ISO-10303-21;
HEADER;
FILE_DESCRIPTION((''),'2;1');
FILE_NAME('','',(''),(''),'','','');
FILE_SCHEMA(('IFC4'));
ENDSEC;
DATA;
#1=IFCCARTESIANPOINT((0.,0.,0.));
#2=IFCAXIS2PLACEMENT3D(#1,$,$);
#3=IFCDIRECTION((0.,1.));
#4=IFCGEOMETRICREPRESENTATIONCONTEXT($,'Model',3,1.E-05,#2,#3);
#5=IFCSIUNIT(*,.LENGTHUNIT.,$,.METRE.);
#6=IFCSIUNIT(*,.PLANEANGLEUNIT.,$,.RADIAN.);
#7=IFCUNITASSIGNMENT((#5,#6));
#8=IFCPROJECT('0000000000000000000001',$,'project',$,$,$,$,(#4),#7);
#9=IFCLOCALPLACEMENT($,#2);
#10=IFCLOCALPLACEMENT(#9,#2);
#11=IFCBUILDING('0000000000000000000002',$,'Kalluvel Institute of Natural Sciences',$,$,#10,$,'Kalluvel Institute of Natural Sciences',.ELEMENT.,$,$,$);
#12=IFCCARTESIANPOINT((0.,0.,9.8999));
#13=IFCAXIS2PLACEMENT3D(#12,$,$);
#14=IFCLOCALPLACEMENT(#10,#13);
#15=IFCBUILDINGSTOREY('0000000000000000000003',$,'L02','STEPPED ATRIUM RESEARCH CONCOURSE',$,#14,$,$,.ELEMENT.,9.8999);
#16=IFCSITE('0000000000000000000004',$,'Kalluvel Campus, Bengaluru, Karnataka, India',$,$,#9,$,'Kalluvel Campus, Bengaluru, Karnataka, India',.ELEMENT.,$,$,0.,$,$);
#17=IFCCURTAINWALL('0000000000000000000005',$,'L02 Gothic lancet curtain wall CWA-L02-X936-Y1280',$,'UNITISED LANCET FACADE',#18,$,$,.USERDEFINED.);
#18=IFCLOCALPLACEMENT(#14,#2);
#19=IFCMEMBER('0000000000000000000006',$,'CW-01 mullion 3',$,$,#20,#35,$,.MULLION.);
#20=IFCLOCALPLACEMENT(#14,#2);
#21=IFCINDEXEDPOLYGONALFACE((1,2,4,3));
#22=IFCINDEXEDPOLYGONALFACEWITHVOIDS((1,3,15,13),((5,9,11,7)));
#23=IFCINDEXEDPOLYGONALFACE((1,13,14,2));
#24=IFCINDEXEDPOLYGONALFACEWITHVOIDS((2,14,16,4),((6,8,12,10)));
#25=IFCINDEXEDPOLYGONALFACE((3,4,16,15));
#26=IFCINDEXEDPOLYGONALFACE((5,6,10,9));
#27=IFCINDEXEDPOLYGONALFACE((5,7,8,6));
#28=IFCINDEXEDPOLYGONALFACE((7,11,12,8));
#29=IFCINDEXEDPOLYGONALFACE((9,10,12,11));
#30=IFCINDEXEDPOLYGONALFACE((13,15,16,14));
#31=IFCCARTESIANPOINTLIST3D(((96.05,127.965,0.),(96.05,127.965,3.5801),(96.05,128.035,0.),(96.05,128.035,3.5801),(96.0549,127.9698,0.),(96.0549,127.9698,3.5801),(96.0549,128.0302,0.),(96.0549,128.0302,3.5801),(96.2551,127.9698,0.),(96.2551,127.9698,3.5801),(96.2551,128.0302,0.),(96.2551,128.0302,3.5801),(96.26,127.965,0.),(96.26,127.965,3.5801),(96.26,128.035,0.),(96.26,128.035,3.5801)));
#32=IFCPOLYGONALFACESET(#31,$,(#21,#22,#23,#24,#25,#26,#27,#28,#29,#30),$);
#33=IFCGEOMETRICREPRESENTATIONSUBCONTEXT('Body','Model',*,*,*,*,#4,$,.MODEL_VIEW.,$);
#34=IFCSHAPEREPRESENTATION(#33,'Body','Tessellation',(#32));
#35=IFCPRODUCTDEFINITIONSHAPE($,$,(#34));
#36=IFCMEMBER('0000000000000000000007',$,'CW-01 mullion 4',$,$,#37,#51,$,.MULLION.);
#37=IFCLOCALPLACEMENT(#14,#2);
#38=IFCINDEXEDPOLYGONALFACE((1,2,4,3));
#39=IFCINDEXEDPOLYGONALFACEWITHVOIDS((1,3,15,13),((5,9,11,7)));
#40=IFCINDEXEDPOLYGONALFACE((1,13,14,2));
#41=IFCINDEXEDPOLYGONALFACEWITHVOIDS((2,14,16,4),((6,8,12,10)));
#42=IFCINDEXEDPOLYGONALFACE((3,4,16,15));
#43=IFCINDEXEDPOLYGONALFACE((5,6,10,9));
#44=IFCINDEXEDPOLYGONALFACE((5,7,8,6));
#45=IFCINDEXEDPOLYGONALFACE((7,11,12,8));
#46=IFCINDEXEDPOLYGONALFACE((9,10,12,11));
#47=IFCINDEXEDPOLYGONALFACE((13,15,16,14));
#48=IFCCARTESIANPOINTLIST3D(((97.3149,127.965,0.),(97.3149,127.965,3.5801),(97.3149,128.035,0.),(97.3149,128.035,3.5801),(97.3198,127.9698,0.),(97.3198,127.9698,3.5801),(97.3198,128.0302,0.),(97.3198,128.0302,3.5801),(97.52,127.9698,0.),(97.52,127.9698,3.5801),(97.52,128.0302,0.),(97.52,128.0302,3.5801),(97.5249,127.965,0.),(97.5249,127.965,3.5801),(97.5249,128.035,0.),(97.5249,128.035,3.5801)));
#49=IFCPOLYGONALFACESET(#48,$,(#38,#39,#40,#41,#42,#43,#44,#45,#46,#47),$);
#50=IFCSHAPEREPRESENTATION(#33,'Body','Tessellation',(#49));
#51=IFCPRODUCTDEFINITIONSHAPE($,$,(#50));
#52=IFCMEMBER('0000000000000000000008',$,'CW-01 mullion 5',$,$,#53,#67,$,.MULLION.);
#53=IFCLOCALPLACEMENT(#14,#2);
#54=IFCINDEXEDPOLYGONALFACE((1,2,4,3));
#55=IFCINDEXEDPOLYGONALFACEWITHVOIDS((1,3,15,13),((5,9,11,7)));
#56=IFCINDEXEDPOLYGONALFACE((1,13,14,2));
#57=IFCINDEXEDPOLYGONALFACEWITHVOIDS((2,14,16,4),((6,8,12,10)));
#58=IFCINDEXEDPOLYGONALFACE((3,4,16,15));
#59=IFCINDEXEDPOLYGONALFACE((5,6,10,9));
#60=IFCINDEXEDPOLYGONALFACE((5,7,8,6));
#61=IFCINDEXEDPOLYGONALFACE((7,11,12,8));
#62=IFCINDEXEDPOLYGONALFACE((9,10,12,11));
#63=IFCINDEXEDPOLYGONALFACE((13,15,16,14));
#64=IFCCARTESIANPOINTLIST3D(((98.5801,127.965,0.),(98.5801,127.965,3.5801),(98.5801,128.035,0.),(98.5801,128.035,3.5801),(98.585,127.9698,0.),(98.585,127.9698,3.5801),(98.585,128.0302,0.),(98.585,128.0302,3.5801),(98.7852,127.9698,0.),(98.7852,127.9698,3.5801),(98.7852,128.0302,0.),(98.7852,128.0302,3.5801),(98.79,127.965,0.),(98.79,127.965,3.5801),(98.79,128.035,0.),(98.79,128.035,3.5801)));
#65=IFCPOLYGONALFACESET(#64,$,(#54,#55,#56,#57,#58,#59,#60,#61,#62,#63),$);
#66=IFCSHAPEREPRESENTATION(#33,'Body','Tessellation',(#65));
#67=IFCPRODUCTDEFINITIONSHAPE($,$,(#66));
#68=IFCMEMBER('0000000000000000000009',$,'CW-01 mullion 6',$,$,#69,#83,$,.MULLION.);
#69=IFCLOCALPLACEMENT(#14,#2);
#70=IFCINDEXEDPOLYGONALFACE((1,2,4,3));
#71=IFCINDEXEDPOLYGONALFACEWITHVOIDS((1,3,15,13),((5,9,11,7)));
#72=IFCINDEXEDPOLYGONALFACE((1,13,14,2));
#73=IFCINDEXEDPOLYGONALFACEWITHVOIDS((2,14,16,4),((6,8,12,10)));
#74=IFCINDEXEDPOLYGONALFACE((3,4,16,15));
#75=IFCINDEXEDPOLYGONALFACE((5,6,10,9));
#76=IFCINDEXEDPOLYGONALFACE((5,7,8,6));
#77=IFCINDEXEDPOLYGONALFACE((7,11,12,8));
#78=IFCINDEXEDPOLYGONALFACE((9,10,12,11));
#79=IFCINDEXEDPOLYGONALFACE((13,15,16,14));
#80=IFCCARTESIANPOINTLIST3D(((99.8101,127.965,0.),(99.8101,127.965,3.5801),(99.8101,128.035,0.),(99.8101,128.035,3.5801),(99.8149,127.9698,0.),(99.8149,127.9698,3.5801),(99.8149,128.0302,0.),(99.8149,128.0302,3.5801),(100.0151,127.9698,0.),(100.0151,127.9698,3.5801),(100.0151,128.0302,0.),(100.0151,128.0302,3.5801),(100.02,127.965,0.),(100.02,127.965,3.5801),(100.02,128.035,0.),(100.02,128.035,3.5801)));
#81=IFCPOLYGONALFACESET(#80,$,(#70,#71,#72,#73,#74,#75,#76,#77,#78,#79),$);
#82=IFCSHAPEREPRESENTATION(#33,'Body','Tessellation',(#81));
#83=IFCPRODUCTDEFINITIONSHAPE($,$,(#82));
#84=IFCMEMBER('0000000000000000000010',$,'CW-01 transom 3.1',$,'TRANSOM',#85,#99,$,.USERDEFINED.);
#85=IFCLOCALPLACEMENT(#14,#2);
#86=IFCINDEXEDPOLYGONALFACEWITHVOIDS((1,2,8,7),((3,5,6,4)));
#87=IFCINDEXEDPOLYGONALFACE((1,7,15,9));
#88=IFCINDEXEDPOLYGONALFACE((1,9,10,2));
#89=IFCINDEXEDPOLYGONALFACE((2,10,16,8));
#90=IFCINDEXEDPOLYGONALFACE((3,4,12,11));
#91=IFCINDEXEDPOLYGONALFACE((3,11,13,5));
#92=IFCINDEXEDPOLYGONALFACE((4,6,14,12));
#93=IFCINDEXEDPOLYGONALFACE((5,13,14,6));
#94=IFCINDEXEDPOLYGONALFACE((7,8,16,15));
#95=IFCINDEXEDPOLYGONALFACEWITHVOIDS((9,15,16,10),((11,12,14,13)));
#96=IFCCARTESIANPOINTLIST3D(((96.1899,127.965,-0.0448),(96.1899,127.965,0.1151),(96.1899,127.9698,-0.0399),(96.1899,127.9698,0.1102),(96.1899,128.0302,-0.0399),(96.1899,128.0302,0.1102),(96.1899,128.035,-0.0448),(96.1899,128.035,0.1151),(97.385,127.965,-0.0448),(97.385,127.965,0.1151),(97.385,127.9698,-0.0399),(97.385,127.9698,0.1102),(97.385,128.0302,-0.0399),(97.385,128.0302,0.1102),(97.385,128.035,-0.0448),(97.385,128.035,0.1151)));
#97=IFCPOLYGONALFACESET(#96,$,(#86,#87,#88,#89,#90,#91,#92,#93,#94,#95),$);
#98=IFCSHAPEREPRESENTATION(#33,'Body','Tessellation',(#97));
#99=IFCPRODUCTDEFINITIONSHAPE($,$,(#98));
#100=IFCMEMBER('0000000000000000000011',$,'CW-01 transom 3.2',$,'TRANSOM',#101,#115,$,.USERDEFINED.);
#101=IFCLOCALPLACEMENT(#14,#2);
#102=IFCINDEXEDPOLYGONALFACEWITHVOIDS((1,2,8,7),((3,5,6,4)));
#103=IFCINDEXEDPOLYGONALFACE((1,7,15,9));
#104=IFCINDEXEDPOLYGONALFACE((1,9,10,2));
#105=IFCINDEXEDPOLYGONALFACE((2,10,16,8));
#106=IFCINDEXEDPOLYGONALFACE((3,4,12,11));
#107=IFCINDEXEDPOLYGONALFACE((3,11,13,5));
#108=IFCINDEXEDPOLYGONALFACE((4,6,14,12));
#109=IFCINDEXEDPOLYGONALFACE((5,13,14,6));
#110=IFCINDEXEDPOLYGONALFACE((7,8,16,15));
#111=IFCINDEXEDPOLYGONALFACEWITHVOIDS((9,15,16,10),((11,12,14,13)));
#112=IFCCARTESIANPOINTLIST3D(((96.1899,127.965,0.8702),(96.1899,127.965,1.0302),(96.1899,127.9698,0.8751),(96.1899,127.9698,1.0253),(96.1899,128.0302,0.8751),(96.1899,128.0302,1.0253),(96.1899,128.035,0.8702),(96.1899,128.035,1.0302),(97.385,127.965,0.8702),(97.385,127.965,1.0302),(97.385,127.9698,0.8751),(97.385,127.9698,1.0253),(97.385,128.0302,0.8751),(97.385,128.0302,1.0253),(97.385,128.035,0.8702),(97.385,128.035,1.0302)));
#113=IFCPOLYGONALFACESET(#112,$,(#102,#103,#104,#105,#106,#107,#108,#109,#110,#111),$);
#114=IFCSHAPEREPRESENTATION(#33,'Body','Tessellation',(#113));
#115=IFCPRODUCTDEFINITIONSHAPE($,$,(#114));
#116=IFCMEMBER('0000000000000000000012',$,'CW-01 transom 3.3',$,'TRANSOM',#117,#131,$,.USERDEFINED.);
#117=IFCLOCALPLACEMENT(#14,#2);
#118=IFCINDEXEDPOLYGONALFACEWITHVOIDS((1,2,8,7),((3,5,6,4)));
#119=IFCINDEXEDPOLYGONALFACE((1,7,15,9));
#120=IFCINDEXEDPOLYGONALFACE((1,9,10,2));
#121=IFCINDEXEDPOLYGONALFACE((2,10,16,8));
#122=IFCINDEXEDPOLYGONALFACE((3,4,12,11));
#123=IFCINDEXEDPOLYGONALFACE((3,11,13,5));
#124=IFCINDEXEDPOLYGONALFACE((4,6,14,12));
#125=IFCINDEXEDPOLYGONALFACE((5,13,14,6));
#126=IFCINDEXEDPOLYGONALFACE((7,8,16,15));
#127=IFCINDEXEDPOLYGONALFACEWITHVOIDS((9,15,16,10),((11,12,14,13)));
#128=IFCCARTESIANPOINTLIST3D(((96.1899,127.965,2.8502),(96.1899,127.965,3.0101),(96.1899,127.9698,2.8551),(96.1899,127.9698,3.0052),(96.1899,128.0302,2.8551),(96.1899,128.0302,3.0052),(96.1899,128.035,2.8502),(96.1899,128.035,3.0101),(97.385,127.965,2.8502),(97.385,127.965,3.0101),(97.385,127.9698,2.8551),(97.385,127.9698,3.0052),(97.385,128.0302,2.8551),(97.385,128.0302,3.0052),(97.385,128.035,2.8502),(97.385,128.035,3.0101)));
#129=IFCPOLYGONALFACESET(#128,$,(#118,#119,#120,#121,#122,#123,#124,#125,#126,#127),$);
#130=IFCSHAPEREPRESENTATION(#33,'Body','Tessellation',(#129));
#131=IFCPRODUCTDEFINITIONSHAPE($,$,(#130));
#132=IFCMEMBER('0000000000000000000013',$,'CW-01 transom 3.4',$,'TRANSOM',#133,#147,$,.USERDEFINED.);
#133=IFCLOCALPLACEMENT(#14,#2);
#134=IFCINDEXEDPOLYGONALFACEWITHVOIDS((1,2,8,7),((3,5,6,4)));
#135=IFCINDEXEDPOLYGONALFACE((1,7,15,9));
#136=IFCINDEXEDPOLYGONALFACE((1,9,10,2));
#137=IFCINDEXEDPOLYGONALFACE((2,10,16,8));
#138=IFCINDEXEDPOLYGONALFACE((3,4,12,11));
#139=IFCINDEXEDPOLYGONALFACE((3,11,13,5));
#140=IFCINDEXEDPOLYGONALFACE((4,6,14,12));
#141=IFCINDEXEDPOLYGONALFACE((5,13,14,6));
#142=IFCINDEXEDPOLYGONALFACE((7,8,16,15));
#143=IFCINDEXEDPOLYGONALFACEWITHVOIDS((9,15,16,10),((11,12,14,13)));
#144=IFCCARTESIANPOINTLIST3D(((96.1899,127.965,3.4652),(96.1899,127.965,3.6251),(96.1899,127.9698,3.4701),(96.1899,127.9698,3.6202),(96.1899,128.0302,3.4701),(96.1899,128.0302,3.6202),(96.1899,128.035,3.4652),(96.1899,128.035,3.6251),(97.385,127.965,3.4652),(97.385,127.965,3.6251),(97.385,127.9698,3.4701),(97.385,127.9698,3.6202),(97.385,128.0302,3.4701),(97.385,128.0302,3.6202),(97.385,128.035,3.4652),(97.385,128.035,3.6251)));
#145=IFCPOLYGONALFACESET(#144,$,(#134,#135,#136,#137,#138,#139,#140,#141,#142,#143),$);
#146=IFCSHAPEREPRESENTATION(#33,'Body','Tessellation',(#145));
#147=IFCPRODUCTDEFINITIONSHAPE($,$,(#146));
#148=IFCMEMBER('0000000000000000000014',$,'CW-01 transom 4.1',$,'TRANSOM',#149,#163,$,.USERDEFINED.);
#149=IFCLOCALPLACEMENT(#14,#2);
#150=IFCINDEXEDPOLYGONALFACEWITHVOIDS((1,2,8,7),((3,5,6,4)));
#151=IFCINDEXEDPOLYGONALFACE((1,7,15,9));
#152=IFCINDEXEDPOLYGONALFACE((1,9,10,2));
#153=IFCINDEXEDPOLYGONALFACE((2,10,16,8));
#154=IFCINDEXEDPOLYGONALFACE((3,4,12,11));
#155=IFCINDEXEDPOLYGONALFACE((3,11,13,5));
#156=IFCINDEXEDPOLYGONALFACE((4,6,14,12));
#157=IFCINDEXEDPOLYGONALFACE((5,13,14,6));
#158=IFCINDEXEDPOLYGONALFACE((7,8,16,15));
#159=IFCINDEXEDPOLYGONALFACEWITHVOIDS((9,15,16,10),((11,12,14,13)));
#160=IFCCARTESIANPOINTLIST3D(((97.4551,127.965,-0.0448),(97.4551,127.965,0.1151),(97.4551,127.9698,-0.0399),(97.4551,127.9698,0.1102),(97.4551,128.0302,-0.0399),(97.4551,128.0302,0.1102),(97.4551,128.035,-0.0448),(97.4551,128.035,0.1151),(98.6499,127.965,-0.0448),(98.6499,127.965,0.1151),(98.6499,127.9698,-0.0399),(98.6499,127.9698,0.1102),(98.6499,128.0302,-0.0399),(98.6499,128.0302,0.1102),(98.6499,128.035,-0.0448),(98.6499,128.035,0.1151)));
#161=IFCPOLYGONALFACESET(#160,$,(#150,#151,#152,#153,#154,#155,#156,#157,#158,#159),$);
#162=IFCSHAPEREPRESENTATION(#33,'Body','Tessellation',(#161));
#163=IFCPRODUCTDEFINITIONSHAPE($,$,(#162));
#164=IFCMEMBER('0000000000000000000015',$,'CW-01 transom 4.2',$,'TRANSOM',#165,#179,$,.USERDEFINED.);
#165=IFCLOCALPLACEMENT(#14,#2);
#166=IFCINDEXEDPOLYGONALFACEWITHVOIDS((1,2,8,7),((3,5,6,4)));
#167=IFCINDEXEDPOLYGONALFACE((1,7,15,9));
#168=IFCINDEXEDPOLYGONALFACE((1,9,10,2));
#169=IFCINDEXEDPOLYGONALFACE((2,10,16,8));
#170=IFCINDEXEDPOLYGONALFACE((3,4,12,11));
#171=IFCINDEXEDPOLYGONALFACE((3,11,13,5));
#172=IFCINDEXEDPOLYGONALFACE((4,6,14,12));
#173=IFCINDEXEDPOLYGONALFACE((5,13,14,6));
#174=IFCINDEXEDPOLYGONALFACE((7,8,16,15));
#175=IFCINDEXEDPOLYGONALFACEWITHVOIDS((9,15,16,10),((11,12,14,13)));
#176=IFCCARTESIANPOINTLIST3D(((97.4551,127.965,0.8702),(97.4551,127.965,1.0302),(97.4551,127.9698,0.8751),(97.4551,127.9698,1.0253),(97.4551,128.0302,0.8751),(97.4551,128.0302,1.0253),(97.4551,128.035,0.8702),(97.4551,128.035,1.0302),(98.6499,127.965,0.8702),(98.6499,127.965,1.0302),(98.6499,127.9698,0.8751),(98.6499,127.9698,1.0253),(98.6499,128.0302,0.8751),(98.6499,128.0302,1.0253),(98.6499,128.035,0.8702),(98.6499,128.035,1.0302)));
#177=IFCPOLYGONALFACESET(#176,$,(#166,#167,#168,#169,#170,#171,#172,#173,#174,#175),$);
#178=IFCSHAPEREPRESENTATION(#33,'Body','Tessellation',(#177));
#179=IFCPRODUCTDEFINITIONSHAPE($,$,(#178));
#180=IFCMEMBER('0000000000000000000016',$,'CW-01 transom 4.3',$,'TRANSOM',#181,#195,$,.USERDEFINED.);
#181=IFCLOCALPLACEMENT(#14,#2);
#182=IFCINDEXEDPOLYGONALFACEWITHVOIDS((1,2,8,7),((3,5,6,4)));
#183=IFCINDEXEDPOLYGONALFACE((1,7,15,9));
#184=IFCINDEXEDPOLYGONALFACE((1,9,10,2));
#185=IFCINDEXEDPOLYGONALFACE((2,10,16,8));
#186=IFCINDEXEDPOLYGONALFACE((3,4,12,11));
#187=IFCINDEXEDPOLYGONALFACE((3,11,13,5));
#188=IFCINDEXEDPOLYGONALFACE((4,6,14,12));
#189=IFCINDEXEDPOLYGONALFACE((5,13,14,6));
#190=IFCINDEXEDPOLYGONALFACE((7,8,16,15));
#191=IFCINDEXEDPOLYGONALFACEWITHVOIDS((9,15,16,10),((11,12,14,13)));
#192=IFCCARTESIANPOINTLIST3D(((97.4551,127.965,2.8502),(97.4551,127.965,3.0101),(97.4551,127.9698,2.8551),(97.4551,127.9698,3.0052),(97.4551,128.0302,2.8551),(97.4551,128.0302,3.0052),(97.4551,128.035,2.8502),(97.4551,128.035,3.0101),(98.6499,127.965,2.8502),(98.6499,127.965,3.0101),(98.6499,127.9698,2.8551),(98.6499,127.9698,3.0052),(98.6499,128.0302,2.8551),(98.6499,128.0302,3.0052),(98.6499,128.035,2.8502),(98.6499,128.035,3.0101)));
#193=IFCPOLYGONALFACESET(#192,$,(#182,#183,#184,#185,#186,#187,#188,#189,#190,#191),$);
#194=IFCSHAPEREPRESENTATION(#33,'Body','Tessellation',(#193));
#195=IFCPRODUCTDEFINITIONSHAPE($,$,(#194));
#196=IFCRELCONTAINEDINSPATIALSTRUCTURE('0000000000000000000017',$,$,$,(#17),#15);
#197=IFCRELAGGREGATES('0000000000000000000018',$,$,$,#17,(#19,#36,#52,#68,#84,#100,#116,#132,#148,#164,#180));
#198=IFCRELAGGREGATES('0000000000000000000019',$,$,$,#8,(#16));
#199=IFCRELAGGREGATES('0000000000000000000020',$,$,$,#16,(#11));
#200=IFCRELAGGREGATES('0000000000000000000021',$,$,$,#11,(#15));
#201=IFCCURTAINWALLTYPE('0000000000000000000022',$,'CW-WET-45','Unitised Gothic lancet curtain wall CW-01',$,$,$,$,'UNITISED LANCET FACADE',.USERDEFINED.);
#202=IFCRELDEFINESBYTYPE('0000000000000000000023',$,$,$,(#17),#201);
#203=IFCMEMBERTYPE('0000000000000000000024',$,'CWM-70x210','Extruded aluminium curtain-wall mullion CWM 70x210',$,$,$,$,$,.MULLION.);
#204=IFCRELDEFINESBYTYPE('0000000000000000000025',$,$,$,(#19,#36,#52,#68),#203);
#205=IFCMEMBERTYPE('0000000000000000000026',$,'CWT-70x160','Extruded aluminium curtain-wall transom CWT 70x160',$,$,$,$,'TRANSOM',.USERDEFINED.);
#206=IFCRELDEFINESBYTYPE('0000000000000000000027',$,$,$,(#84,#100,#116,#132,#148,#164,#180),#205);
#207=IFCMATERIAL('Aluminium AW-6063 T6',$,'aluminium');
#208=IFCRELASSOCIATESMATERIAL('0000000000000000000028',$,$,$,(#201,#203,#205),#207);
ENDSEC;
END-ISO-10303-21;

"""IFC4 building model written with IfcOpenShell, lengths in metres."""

from ifc_helpers import new_model, si_unit, direction, frame, origin, origin_2d, place, context, subcontext, project, spatial, hollow_rectangle, extrude, material, material_profile, profile_set, type_object, element, aggregate, save


model = new_model("IFC4")

# Units and contexts
model_context = context("Model", 3, precision=1e-05, world=origin(), true_north=direction((0.0, 1.0)))
body_context = subcontext(model_context, "Body", "Model", "MODEL_VIEW")
ifc_project = project(units=[si_unit("LENGTHUNIT", "METRE"), si_unit("PLANEANGLEUNIT", "RADIAN")], contexts=[model_context])

# Site, building, storey
site_placement = place(None, origin())
site = spatial("IfcSite", under=ifc_project, at=site_placement, Name="Kalluvel Campus, Bengaluru, Karnataka, India", LongName="Kalluvel Campus, Bengaluru, Karnataka, India", CompositionType="ELEMENT", RefElevation=0.0)
building_placement = place(site_placement, origin())
building = spatial("IfcBuilding", under=site, at=building_placement, Name="Kalluvel Institute of Natural Sciences", LongName="Kalluvel Institute of Natural Sciences", CompositionType="ELEMENT")
storey_placement = place(building_placement, frame((0.0, 0.0, 9.8999)))
storey = spatial("IfcBuildingStorey", under=building, at=storey_placement, Name="L02", Description="STEPPED ATRIUM RESEARCH CONCOURSE", CompositionType="ELEMENT", Elevation=9.8999)

# Curtain wall, members
ifc_material_1 = material(Name="Aluminium AW-6063 T6", Category="aluminium")
curtain_wall_type = type_object("IfcCurtainWallType", Name="CW-WET-45", Description="Unitised Gothic lancet curtain wall CW-01", ElementType="UNITISED LANCET FACADE", PredefinedType="USERDEFINED", material=ifc_material_1)
curtain_wall_placement = place(storey_placement, origin())
curtain_wall = element("IfcCurtainWall", 1, at=curtain_wall_placement, inside=storey, type_object=curtain_wall_type, Name="L02 Gothic lancet curtain wall CWA-L02-X936-Y1280", ObjectType="UNITISED LANCET FACADE", PredefinedType="USERDEFINED")
ifc_material_profile_1 = material_profile(ifc_material_1, hollow_rectangle(XDim=0.0701, YDim=0.21, WallThickness=0.0049, at=origin_2d()), Name="CWM 70x210")
ifc_profile_set_1 = profile_set([ifc_material_profile_1], Name="Aluminium AW-6063 T6")
member_type_1 = type_object("IfcMemberType", Name="CWM-70x210", Description="Extruded aluminium curtain-wall mullion CWM 70x210", PredefinedType="MULLION", material=ifc_profile_set_1)
member_1_placement = place(storey_placement, frame((96.155, 128.0, 0.0), z_axis=(0.0, 0.0, 1.0), x_axis=(0.0, 1.0, 0.0)))
member_1 = element("IfcMember", 2, at=member_1_placement, type_object=member_type_1, Name="CW-01 mullion 3", PredefinedType="MULLION", context=body_context, shape_type="SweptSolid", body=[
    extrude(hollow_rectangle(XDim=0.0701, YDim=0.21, WallThickness=0.0049, at=origin_2d()), origin(), (0.0, 0.0, 1.0), 3.5801),
])
member_2_placement = place(storey_placement, frame((97.4199, 128.0, 0.0), z_axis=(0.0, 0.0, 1.0), x_axis=(0.0, 1.0, 0.0)))
member_2 = element("IfcMember", 3, at=member_2_placement, type_object=member_type_1, Name="CW-01 mullion 4", PredefinedType="MULLION", context=body_context, shape_type="SweptSolid", body=[
    extrude(hollow_rectangle(XDim=0.0701, YDim=0.21, WallThickness=0.0049, at=origin_2d()), origin(), (0.0, 0.0, 1.0), 3.5801),
])
member_3_placement = place(storey_placement, frame((98.6851, 128.0, 0.0), z_axis=(0.0, 0.0, 1.0), x_axis=(0.0, 1.0, 0.0)))
member_3 = element("IfcMember", 4, at=member_3_placement, type_object=member_type_1, Name="CW-01 mullion 5", PredefinedType="MULLION", context=body_context, shape_type="SweptSolid", body=[
    extrude(hollow_rectangle(XDim=0.0701, YDim=0.21, WallThickness=0.0049, at=origin_2d()), origin(), (0.0, 0.0, 1.0), 3.5801),
])
member_4_placement = place(storey_placement, frame((99.915, 128.0, 0.0), z_axis=(0.0, 0.0, 1.0), x_axis=(0.0, 1.0, 0.0)))
member_4 = element("IfcMember", 5, at=member_4_placement, type_object=member_type_1, Name="CW-01 mullion 6", PredefinedType="MULLION", context=body_context, shape_type="SweptSolid", body=[
    extrude(hollow_rectangle(XDim=0.0701, YDim=0.21, WallThickness=0.0049, at=origin_2d()), origin(), (0.0, 0.0, 1.0), 3.5801),
])
ifc_material_profile_2 = material_profile(ifc_material_1, hollow_rectangle(XDim=0.0701, YDim=0.1599, WallThickness=0.0049, at=origin_2d()), Name="CWT 70x160")
ifc_profile_set_2 = profile_set([ifc_material_profile_2], Name="Aluminium AW-6063 T6")
member_type_2 = type_object("IfcMemberType", Name="CWT-70x160", Description="Extruded aluminium curtain-wall transom CWT 70x160", ElementType="TRANSOM", PredefinedType="USERDEFINED", material=ifc_profile_set_2)
member_5_placement = place(storey_placement, frame((96.1899, 128.0, 0.0352), z_axis=(1.0, 0.0, 0.0), x_axis=(0.0, 1.0, 0.0)))
member_5 = element("IfcMember", 6, at=member_5_placement, type_object=member_type_2, Name="CW-01 transom 3.1", ObjectType="TRANSOM", PredefinedType="USERDEFINED", context=body_context, shape_type="SweptSolid", body=[
    extrude(hollow_rectangle(XDim=0.0701, YDim=0.1599, WallThickness=0.0049, at=origin_2d()), origin(), (0.0, 0.0, 1.0), 1.1951),
])
member_6_placement = place(storey_placement, frame((96.1899, 128.0, 0.9502), z_axis=(1.0, 0.0, 0.0), x_axis=(0.0, 1.0, 0.0)))
member_6 = element("IfcMember", 7, at=member_6_placement, type_object=member_type_2, Name="CW-01 transom 3.2", ObjectType="TRANSOM", PredefinedType="USERDEFINED", context=body_context, shape_type="SweptSolid", body=[
    extrude(hollow_rectangle(XDim=0.0701, YDim=0.1599, WallThickness=0.0049, at=origin_2d()), origin(), (0.0, 0.0, 1.0), 1.1951),
])
member_7_placement = place(storey_placement, frame((96.1899, 128.0, 2.9302), z_axis=(1.0, 0.0, 0.0), x_axis=(0.0, 1.0, 0.0)))
member_7 = element("IfcMember", 8, at=member_7_placement, type_object=member_type_2, Name="CW-01 transom 3.3", ObjectType="TRANSOM", PredefinedType="USERDEFINED", context=body_context, shape_type="SweptSolid", body=[
    extrude(hollow_rectangle(XDim=0.0701, YDim=0.1599, WallThickness=0.0049, at=origin_2d()), origin(), (0.0, 0.0, 1.0), 1.1951),
])
member_8_placement = place(storey_placement, frame((96.1899, 128.0, 3.5452), z_axis=(1.0, 0.0, 0.0), x_axis=(0.0, 1.0, 0.0)))
member_8 = element("IfcMember", 9, at=member_8_placement, type_object=member_type_2, Name="CW-01 transom 3.4", ObjectType="TRANSOM", PredefinedType="USERDEFINED", context=body_context, shape_type="SweptSolid", body=[
    extrude(hollow_rectangle(XDim=0.0701, YDim=0.1599, WallThickness=0.0049, at=origin_2d()), origin(), (0.0, 0.0, 1.0), 1.1951),
])
member_9_placement = place(storey_placement, frame((97.4551, 128.0, 0.0352), z_axis=(1.0, 0.0, 0.0), x_axis=(0.0, 1.0, 0.0)))
member_9 = element("IfcMember", 10, at=member_9_placement, type_object=member_type_2, Name="CW-01 transom 4.1", ObjectType="TRANSOM", PredefinedType="USERDEFINED", context=body_context, shape_type="SweptSolid", body=[
    extrude(hollow_rectangle(XDim=0.0701, YDim=0.1599, WallThickness=0.0049, at=origin_2d()), origin(), (0.0, 0.0, 1.0), 1.1948),
])
member_10_placement = place(storey_placement, frame((97.4551, 128.0, 0.9502), z_axis=(1.0, 0.0, 0.0), x_axis=(0.0, 1.0, 0.0)))
member_10 = element("IfcMember", 11, at=member_10_placement, type_object=member_type_2, Name="CW-01 transom 4.2", ObjectType="TRANSOM", PredefinedType="USERDEFINED", context=body_context, shape_type="SweptSolid", body=[
    extrude(hollow_rectangle(XDim=0.0701, YDim=0.1599, WallThickness=0.0049, at=origin_2d()), origin(), (0.0, 0.0, 1.0), 1.1948),
])
member_11_placement = place(storey_placement, frame((97.4551, 128.0, 2.9302), z_axis=(1.0, 0.0, 0.0), x_axis=(0.0, 1.0, 0.0)))
member_11 = element("IfcMember", 12, at=member_11_placement, type_object=member_type_2, Name="CW-01 transom 4.3", ObjectType="TRANSOM", PredefinedType="USERDEFINED", context=body_context, shape_type="SweptSolid", body=[
    extrude(hollow_rectangle(XDim=0.0701, YDim=0.1599, WallThickness=0.0049, at=origin_2d()), origin(), (0.0, 0.0, 1.0), 1.1948),
])
aggregate(curtain_wall, [member_1, member_2, member_3, member_4, member_5, member_6, member_7, member_8, member_9, member_10, member_11])

save(model, "model.ifc")
